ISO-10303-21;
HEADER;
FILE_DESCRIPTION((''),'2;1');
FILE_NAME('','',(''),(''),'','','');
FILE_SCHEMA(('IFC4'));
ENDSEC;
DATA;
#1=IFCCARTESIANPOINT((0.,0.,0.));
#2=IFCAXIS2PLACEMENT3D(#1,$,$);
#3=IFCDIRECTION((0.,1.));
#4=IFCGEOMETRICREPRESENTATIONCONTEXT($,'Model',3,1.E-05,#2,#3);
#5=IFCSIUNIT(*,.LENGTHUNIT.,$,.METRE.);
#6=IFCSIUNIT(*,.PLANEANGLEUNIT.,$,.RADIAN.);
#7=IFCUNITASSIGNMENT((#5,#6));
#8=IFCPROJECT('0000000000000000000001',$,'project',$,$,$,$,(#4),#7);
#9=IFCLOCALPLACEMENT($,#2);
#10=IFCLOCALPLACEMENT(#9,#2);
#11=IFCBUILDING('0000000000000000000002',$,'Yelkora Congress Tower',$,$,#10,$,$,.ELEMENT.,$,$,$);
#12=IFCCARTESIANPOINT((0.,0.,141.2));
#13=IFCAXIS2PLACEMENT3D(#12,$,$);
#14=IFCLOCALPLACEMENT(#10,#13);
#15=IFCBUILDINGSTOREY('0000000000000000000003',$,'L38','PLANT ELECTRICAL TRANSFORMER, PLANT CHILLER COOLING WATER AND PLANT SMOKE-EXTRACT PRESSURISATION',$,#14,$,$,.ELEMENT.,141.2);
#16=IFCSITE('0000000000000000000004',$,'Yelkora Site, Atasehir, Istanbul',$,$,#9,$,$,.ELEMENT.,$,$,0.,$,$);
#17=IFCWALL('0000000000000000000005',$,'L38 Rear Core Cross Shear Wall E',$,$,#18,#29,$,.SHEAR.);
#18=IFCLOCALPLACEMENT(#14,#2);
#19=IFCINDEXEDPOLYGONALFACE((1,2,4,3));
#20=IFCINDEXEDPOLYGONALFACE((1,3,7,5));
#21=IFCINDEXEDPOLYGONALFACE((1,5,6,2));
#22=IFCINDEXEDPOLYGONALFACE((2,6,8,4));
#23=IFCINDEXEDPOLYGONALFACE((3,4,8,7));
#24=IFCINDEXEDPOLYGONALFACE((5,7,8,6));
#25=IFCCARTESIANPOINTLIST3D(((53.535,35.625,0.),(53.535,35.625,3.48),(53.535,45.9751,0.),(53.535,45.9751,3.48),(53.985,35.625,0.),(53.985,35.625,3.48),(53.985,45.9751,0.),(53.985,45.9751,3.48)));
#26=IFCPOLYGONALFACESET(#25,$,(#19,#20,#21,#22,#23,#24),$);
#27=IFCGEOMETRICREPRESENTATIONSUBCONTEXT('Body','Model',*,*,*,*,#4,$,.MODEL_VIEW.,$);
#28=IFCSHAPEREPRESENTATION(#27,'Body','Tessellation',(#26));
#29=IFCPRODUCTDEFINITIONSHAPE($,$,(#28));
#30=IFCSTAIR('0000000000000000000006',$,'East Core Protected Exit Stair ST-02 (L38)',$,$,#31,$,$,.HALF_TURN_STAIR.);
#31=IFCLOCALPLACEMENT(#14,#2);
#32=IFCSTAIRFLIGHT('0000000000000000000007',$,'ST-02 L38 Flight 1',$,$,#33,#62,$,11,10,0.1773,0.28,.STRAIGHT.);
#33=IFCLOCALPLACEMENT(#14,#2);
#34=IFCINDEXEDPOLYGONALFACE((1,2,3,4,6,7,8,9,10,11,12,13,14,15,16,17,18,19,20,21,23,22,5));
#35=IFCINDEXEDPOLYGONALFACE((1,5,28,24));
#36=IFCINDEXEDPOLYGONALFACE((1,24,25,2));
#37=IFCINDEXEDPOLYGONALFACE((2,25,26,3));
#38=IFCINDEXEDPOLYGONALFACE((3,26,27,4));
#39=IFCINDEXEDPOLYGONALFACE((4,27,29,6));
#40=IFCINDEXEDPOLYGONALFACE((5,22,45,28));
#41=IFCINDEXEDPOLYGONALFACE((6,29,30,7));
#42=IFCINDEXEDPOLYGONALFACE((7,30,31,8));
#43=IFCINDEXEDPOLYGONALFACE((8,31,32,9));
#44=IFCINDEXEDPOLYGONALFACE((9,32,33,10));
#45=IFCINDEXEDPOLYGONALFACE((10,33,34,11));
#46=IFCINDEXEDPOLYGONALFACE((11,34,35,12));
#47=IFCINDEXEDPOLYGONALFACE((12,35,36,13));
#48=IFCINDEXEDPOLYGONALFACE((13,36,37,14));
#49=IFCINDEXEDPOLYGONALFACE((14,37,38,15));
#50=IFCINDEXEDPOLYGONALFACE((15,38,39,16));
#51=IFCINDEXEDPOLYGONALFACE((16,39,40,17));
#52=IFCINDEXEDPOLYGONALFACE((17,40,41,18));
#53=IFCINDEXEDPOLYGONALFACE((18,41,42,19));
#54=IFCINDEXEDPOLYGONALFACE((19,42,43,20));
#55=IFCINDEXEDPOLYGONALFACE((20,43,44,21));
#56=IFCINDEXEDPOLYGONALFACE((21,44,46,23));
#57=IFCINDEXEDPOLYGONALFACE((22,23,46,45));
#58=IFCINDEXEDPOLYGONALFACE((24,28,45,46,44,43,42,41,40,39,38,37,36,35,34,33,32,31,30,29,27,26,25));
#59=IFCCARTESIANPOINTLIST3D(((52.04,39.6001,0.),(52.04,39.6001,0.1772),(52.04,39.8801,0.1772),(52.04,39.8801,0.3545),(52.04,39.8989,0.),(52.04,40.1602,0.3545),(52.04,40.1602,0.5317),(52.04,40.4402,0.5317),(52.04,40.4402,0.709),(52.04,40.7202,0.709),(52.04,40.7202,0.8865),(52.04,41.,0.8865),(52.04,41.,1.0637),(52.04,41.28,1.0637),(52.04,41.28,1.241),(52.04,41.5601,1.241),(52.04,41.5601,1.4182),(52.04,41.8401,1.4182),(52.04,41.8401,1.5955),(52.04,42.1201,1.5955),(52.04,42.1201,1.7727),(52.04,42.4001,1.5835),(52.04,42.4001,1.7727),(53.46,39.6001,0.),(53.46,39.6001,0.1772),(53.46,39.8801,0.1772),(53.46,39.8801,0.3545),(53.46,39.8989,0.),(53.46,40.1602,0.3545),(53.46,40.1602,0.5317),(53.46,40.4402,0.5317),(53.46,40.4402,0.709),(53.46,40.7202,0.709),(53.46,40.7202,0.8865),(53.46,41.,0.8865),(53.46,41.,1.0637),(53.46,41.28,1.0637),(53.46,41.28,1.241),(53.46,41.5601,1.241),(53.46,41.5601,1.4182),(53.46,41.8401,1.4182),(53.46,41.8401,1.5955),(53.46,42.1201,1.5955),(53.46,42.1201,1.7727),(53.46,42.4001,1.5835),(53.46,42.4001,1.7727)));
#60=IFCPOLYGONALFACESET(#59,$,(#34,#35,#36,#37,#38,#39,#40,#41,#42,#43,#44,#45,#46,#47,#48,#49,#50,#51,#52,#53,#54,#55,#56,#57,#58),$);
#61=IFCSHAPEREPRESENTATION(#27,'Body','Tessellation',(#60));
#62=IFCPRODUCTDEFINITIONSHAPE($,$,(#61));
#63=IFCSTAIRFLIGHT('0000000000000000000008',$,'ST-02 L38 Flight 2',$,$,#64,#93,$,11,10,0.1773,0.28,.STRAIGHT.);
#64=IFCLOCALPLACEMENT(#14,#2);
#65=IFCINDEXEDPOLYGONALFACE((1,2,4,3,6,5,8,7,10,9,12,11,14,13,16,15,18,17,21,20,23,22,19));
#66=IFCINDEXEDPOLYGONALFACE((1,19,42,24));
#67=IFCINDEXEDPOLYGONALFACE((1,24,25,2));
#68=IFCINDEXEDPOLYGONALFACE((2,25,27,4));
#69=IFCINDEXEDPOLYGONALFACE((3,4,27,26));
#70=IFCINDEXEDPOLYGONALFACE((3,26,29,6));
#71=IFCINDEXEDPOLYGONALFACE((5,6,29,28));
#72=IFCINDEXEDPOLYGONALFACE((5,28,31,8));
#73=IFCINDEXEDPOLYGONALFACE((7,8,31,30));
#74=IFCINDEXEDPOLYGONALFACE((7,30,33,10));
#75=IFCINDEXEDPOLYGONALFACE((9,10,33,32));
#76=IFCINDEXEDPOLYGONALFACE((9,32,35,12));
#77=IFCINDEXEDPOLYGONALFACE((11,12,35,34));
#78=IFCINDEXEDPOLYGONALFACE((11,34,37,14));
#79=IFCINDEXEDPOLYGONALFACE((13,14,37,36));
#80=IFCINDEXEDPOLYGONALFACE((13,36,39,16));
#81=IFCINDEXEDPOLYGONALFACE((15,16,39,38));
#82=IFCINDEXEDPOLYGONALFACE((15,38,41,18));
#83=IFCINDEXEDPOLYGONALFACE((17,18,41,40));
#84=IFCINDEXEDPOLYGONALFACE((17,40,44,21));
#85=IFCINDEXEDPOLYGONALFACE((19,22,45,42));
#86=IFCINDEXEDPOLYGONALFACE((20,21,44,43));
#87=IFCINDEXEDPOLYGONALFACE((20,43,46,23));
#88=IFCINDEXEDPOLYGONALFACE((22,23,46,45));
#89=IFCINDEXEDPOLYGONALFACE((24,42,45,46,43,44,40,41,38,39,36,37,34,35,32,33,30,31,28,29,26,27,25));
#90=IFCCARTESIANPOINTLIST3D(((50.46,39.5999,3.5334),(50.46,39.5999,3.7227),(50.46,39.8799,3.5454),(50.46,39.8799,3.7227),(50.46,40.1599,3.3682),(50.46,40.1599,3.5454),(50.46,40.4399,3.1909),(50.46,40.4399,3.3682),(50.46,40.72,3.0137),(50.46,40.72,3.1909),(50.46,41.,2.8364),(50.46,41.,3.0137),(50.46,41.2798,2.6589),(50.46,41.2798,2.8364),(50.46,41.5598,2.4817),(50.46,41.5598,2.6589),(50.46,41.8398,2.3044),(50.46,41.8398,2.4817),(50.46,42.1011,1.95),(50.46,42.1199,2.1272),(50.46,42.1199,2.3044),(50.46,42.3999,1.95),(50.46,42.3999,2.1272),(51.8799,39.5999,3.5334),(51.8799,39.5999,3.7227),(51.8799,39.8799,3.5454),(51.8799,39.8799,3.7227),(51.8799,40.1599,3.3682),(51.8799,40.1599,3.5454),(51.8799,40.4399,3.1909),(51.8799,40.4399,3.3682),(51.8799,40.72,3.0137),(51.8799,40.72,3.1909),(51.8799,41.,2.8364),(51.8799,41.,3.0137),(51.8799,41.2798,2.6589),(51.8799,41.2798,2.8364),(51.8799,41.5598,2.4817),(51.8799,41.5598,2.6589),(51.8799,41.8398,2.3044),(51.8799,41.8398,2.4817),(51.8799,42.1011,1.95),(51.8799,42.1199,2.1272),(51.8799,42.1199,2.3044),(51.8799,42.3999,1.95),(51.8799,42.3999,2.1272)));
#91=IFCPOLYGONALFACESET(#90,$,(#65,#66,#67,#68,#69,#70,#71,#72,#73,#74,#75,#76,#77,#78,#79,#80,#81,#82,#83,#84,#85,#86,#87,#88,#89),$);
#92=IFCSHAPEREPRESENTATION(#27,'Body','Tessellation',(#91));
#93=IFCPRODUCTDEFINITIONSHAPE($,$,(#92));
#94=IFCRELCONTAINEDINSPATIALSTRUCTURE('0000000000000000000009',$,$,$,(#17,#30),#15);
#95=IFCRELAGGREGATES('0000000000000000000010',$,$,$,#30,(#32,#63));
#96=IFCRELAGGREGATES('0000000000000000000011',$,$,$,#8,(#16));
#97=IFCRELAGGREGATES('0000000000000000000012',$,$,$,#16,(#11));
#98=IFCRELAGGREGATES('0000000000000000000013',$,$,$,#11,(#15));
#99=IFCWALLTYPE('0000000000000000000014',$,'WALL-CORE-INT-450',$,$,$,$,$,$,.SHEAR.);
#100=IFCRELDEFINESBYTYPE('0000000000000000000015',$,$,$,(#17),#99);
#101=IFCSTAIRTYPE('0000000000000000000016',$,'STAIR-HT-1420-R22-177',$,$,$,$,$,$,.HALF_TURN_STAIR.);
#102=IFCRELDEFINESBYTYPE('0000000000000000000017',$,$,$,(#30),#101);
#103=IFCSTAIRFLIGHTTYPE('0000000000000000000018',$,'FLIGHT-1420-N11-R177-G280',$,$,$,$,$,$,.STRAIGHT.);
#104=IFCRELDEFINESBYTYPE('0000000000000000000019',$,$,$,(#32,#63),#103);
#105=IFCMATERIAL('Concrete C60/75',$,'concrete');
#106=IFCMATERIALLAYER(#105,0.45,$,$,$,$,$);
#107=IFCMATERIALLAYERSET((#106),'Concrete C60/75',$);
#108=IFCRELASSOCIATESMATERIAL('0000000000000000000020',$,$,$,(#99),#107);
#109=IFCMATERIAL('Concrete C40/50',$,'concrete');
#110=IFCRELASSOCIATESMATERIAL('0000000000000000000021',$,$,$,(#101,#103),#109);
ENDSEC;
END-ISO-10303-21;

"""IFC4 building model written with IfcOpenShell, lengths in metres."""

from ifc_helpers import new_model, si_unit, direction, frame, frame_2d, origin, place, context, subcontext, project, spatial, polyline, rectangle, outline, extrude, material, layer, layer_set, type_object, element, aggregate, save


model = new_model("IFC4")

# Units and contexts
model_context = context("Model", 3, precision=1e-05, world=origin(), true_north=direction((0.0, 1.0)))
body_context = subcontext(model_context, "Body", "Model", "MODEL_VIEW")
ifc_project = project(units=[si_unit("LENGTHUNIT", "METRE"), si_unit("PLANEANGLEUNIT", "RADIAN")], contexts=[model_context])

# Site, building, storey
site_placement = place(None, origin())
site = spatial("IfcSite", under=ifc_project, at=site_placement, Name="Yelkora Site, Atasehir, Istanbul", CompositionType="ELEMENT", RefElevation=0.0)
building_placement = place(site_placement, origin())
building = spatial("IfcBuilding", under=site, at=building_placement, Name="Yelkora Congress Tower", CompositionType="ELEMENT")
storey_placement = place(building_placement, frame((0.0, 0.0, 141.2)))
storey = spatial("IfcBuildingStorey", under=building, at=storey_placement, Name="L38", Description="PLANT ELECTRICAL TRANSFORMER, PLANT CHILLER COOLING WATER AND PLANT SMOKE-EXTRACT PRESSURISATION", CompositionType="ELEMENT", Elevation=141.2)

# Wall
ifc_material_1 = material(Name="Concrete C60/75", Category="concrete")
ifc_layer_1 = layer(ifc_material_1, 0.45)
ifc_layer_set_1 = layer_set([ifc_layer_1], Name="Concrete C60/75")
wall_type_1 = type_object("IfcWallType", Name="WALL-CORE-INT-450", PredefinedType="SHEAR", material=ifc_layer_set_1)
wall_1_placement = place(storey_placement, frame((53.76, 35.625, 0.0), z_axis=(0.0, 0.0, 1.0), x_axis=(0.0, 1.0, 0.0)))
element("IfcWall", 1, at=wall_1_placement, inside=storey, type_object=wall_type_1, Name="L38 Rear Core Cross Shear Wall E", PredefinedType="SHEAR", context=body_context, shape_type="SweptSolid", body=[
    extrude(rectangle(XDim=10.3501, YDim=0.45, at=frame_2d((5.175, 0.0))), origin(), (0.0, 0.0, 1.0), 3.48),
])

# Stair, stair flights
ifc_material_2 = material(Name="Concrete C40/50", Category="concrete")
stair_type = type_object("IfcStairType", Name="STAIR-HT-1420-R22-177", PredefinedType="HALF_TURN_STAIR", material=ifc_material_2)
stair_placement = place(storey_placement, origin())
stair = element("IfcStair", 2, at=stair_placement, inside=storey, type_object=stair_type, Name="East Core Protected Exit Stair ST-02 (L38)", PredefinedType="HALF_TURN_STAIR")
stair_flight_type = type_object("IfcStairFlightType", Name="FLIGHT-1420-N11-R177-G280", PredefinedType="STRAIGHT", material=ifc_material_2)
stair_flight_1_placement = place(storey_placement, frame((52.75, 39.6001, 0.0), z_axis=(0.0, 0.0, 1.0), x_axis=(0.0, 1.0, 0.0)))
stair_flight_1 = element("IfcStairFlight", 3, at=stair_flight_1_placement, type_object=stair_flight_type, Name="ST-02 L38 Flight 1", NumberOfRisers=11, NumberOfTreads=10, PredefinedType="STRAIGHT", RiserHeight=0.1773, TreadLength=0.28, context=body_context, shape_type="SweptSolid", body=[
    extrude(outline(polyline([(0.0, 0.0), (0.0, 0.1772), (0.28, 0.1772), (0.28, 0.3545), (0.5601, 0.3545), (0.5601, 0.5317), (0.8401, 0.5317), (0.8401, 0.709), (1.1201, 0.709), (1.1201, 0.8865), (1.3999, 0.8865), (1.3999, 1.0637), (1.6799, 1.0637), (1.6799, 1.241), (1.96, 1.241), (1.96, 1.4182), (2.24, 1.4182), (2.24, 1.5955), (2.52, 1.5955), (2.52, 1.7727), (2.8, 1.7727), (2.8, 1.95), (2.8, 1.5835), (0.2988, 0.0), (0.0, 0.0)])), frame((0.0, 0.71, 0.0), z_axis=(0.0, -1.0, 0.0), x_axis=(1.0, 0.0, 0.0)), (0.0, 0.0, 1.0), 1.4199),
])
stair_flight_2_placement = place(storey_placement, frame((51.1699, 42.3999, 1.95), z_axis=(0.0, 0.0, 1.0), x_axis=(0.0, -1.0, 0.0)))
stair_flight_2 = element("IfcStairFlight", 4, at=stair_flight_2_placement, type_object=stair_flight_type, Name="ST-02 L38 Flight 2", NumberOfRisers=11, NumberOfTreads=10, PredefinedType="STRAIGHT", RiserHeight=0.1773, TreadLength=0.28, context=body_context, shape_type="SweptSolid", body=[
    extrude(outline(polyline([(0.0, 0.0), (0.0, 0.1772), (0.28, 0.1772), (0.28, 0.3545), (0.5601, 0.3545), (0.5601, 0.5317), (0.8401, 0.5317), (0.8401, 0.709), (1.1201, 0.709), (1.1201, 0.8865), (1.3999, 0.8865), (1.3999, 1.0637), (1.6799, 1.0637), (1.6799, 1.241), (1.96, 1.241), (1.96, 1.4182), (2.24, 1.4182), (2.24, 1.5955), (2.52, 1.5955), (2.52, 1.7727), (2.8, 1.7727), (2.8, 1.95), (2.8, 1.5835), (0.2988, 0.0), (0.0, 0.0)])), frame((0.0, 0.71, 0.0), z_axis=(0.0, -1.0, 0.0), x_axis=(1.0, 0.0, 0.0)), (0.0, 0.0, 1.0), 1.4199),
])
aggregate(stair, [stair_flight_1, stair_flight_2])

save(model, "model.ifc")
